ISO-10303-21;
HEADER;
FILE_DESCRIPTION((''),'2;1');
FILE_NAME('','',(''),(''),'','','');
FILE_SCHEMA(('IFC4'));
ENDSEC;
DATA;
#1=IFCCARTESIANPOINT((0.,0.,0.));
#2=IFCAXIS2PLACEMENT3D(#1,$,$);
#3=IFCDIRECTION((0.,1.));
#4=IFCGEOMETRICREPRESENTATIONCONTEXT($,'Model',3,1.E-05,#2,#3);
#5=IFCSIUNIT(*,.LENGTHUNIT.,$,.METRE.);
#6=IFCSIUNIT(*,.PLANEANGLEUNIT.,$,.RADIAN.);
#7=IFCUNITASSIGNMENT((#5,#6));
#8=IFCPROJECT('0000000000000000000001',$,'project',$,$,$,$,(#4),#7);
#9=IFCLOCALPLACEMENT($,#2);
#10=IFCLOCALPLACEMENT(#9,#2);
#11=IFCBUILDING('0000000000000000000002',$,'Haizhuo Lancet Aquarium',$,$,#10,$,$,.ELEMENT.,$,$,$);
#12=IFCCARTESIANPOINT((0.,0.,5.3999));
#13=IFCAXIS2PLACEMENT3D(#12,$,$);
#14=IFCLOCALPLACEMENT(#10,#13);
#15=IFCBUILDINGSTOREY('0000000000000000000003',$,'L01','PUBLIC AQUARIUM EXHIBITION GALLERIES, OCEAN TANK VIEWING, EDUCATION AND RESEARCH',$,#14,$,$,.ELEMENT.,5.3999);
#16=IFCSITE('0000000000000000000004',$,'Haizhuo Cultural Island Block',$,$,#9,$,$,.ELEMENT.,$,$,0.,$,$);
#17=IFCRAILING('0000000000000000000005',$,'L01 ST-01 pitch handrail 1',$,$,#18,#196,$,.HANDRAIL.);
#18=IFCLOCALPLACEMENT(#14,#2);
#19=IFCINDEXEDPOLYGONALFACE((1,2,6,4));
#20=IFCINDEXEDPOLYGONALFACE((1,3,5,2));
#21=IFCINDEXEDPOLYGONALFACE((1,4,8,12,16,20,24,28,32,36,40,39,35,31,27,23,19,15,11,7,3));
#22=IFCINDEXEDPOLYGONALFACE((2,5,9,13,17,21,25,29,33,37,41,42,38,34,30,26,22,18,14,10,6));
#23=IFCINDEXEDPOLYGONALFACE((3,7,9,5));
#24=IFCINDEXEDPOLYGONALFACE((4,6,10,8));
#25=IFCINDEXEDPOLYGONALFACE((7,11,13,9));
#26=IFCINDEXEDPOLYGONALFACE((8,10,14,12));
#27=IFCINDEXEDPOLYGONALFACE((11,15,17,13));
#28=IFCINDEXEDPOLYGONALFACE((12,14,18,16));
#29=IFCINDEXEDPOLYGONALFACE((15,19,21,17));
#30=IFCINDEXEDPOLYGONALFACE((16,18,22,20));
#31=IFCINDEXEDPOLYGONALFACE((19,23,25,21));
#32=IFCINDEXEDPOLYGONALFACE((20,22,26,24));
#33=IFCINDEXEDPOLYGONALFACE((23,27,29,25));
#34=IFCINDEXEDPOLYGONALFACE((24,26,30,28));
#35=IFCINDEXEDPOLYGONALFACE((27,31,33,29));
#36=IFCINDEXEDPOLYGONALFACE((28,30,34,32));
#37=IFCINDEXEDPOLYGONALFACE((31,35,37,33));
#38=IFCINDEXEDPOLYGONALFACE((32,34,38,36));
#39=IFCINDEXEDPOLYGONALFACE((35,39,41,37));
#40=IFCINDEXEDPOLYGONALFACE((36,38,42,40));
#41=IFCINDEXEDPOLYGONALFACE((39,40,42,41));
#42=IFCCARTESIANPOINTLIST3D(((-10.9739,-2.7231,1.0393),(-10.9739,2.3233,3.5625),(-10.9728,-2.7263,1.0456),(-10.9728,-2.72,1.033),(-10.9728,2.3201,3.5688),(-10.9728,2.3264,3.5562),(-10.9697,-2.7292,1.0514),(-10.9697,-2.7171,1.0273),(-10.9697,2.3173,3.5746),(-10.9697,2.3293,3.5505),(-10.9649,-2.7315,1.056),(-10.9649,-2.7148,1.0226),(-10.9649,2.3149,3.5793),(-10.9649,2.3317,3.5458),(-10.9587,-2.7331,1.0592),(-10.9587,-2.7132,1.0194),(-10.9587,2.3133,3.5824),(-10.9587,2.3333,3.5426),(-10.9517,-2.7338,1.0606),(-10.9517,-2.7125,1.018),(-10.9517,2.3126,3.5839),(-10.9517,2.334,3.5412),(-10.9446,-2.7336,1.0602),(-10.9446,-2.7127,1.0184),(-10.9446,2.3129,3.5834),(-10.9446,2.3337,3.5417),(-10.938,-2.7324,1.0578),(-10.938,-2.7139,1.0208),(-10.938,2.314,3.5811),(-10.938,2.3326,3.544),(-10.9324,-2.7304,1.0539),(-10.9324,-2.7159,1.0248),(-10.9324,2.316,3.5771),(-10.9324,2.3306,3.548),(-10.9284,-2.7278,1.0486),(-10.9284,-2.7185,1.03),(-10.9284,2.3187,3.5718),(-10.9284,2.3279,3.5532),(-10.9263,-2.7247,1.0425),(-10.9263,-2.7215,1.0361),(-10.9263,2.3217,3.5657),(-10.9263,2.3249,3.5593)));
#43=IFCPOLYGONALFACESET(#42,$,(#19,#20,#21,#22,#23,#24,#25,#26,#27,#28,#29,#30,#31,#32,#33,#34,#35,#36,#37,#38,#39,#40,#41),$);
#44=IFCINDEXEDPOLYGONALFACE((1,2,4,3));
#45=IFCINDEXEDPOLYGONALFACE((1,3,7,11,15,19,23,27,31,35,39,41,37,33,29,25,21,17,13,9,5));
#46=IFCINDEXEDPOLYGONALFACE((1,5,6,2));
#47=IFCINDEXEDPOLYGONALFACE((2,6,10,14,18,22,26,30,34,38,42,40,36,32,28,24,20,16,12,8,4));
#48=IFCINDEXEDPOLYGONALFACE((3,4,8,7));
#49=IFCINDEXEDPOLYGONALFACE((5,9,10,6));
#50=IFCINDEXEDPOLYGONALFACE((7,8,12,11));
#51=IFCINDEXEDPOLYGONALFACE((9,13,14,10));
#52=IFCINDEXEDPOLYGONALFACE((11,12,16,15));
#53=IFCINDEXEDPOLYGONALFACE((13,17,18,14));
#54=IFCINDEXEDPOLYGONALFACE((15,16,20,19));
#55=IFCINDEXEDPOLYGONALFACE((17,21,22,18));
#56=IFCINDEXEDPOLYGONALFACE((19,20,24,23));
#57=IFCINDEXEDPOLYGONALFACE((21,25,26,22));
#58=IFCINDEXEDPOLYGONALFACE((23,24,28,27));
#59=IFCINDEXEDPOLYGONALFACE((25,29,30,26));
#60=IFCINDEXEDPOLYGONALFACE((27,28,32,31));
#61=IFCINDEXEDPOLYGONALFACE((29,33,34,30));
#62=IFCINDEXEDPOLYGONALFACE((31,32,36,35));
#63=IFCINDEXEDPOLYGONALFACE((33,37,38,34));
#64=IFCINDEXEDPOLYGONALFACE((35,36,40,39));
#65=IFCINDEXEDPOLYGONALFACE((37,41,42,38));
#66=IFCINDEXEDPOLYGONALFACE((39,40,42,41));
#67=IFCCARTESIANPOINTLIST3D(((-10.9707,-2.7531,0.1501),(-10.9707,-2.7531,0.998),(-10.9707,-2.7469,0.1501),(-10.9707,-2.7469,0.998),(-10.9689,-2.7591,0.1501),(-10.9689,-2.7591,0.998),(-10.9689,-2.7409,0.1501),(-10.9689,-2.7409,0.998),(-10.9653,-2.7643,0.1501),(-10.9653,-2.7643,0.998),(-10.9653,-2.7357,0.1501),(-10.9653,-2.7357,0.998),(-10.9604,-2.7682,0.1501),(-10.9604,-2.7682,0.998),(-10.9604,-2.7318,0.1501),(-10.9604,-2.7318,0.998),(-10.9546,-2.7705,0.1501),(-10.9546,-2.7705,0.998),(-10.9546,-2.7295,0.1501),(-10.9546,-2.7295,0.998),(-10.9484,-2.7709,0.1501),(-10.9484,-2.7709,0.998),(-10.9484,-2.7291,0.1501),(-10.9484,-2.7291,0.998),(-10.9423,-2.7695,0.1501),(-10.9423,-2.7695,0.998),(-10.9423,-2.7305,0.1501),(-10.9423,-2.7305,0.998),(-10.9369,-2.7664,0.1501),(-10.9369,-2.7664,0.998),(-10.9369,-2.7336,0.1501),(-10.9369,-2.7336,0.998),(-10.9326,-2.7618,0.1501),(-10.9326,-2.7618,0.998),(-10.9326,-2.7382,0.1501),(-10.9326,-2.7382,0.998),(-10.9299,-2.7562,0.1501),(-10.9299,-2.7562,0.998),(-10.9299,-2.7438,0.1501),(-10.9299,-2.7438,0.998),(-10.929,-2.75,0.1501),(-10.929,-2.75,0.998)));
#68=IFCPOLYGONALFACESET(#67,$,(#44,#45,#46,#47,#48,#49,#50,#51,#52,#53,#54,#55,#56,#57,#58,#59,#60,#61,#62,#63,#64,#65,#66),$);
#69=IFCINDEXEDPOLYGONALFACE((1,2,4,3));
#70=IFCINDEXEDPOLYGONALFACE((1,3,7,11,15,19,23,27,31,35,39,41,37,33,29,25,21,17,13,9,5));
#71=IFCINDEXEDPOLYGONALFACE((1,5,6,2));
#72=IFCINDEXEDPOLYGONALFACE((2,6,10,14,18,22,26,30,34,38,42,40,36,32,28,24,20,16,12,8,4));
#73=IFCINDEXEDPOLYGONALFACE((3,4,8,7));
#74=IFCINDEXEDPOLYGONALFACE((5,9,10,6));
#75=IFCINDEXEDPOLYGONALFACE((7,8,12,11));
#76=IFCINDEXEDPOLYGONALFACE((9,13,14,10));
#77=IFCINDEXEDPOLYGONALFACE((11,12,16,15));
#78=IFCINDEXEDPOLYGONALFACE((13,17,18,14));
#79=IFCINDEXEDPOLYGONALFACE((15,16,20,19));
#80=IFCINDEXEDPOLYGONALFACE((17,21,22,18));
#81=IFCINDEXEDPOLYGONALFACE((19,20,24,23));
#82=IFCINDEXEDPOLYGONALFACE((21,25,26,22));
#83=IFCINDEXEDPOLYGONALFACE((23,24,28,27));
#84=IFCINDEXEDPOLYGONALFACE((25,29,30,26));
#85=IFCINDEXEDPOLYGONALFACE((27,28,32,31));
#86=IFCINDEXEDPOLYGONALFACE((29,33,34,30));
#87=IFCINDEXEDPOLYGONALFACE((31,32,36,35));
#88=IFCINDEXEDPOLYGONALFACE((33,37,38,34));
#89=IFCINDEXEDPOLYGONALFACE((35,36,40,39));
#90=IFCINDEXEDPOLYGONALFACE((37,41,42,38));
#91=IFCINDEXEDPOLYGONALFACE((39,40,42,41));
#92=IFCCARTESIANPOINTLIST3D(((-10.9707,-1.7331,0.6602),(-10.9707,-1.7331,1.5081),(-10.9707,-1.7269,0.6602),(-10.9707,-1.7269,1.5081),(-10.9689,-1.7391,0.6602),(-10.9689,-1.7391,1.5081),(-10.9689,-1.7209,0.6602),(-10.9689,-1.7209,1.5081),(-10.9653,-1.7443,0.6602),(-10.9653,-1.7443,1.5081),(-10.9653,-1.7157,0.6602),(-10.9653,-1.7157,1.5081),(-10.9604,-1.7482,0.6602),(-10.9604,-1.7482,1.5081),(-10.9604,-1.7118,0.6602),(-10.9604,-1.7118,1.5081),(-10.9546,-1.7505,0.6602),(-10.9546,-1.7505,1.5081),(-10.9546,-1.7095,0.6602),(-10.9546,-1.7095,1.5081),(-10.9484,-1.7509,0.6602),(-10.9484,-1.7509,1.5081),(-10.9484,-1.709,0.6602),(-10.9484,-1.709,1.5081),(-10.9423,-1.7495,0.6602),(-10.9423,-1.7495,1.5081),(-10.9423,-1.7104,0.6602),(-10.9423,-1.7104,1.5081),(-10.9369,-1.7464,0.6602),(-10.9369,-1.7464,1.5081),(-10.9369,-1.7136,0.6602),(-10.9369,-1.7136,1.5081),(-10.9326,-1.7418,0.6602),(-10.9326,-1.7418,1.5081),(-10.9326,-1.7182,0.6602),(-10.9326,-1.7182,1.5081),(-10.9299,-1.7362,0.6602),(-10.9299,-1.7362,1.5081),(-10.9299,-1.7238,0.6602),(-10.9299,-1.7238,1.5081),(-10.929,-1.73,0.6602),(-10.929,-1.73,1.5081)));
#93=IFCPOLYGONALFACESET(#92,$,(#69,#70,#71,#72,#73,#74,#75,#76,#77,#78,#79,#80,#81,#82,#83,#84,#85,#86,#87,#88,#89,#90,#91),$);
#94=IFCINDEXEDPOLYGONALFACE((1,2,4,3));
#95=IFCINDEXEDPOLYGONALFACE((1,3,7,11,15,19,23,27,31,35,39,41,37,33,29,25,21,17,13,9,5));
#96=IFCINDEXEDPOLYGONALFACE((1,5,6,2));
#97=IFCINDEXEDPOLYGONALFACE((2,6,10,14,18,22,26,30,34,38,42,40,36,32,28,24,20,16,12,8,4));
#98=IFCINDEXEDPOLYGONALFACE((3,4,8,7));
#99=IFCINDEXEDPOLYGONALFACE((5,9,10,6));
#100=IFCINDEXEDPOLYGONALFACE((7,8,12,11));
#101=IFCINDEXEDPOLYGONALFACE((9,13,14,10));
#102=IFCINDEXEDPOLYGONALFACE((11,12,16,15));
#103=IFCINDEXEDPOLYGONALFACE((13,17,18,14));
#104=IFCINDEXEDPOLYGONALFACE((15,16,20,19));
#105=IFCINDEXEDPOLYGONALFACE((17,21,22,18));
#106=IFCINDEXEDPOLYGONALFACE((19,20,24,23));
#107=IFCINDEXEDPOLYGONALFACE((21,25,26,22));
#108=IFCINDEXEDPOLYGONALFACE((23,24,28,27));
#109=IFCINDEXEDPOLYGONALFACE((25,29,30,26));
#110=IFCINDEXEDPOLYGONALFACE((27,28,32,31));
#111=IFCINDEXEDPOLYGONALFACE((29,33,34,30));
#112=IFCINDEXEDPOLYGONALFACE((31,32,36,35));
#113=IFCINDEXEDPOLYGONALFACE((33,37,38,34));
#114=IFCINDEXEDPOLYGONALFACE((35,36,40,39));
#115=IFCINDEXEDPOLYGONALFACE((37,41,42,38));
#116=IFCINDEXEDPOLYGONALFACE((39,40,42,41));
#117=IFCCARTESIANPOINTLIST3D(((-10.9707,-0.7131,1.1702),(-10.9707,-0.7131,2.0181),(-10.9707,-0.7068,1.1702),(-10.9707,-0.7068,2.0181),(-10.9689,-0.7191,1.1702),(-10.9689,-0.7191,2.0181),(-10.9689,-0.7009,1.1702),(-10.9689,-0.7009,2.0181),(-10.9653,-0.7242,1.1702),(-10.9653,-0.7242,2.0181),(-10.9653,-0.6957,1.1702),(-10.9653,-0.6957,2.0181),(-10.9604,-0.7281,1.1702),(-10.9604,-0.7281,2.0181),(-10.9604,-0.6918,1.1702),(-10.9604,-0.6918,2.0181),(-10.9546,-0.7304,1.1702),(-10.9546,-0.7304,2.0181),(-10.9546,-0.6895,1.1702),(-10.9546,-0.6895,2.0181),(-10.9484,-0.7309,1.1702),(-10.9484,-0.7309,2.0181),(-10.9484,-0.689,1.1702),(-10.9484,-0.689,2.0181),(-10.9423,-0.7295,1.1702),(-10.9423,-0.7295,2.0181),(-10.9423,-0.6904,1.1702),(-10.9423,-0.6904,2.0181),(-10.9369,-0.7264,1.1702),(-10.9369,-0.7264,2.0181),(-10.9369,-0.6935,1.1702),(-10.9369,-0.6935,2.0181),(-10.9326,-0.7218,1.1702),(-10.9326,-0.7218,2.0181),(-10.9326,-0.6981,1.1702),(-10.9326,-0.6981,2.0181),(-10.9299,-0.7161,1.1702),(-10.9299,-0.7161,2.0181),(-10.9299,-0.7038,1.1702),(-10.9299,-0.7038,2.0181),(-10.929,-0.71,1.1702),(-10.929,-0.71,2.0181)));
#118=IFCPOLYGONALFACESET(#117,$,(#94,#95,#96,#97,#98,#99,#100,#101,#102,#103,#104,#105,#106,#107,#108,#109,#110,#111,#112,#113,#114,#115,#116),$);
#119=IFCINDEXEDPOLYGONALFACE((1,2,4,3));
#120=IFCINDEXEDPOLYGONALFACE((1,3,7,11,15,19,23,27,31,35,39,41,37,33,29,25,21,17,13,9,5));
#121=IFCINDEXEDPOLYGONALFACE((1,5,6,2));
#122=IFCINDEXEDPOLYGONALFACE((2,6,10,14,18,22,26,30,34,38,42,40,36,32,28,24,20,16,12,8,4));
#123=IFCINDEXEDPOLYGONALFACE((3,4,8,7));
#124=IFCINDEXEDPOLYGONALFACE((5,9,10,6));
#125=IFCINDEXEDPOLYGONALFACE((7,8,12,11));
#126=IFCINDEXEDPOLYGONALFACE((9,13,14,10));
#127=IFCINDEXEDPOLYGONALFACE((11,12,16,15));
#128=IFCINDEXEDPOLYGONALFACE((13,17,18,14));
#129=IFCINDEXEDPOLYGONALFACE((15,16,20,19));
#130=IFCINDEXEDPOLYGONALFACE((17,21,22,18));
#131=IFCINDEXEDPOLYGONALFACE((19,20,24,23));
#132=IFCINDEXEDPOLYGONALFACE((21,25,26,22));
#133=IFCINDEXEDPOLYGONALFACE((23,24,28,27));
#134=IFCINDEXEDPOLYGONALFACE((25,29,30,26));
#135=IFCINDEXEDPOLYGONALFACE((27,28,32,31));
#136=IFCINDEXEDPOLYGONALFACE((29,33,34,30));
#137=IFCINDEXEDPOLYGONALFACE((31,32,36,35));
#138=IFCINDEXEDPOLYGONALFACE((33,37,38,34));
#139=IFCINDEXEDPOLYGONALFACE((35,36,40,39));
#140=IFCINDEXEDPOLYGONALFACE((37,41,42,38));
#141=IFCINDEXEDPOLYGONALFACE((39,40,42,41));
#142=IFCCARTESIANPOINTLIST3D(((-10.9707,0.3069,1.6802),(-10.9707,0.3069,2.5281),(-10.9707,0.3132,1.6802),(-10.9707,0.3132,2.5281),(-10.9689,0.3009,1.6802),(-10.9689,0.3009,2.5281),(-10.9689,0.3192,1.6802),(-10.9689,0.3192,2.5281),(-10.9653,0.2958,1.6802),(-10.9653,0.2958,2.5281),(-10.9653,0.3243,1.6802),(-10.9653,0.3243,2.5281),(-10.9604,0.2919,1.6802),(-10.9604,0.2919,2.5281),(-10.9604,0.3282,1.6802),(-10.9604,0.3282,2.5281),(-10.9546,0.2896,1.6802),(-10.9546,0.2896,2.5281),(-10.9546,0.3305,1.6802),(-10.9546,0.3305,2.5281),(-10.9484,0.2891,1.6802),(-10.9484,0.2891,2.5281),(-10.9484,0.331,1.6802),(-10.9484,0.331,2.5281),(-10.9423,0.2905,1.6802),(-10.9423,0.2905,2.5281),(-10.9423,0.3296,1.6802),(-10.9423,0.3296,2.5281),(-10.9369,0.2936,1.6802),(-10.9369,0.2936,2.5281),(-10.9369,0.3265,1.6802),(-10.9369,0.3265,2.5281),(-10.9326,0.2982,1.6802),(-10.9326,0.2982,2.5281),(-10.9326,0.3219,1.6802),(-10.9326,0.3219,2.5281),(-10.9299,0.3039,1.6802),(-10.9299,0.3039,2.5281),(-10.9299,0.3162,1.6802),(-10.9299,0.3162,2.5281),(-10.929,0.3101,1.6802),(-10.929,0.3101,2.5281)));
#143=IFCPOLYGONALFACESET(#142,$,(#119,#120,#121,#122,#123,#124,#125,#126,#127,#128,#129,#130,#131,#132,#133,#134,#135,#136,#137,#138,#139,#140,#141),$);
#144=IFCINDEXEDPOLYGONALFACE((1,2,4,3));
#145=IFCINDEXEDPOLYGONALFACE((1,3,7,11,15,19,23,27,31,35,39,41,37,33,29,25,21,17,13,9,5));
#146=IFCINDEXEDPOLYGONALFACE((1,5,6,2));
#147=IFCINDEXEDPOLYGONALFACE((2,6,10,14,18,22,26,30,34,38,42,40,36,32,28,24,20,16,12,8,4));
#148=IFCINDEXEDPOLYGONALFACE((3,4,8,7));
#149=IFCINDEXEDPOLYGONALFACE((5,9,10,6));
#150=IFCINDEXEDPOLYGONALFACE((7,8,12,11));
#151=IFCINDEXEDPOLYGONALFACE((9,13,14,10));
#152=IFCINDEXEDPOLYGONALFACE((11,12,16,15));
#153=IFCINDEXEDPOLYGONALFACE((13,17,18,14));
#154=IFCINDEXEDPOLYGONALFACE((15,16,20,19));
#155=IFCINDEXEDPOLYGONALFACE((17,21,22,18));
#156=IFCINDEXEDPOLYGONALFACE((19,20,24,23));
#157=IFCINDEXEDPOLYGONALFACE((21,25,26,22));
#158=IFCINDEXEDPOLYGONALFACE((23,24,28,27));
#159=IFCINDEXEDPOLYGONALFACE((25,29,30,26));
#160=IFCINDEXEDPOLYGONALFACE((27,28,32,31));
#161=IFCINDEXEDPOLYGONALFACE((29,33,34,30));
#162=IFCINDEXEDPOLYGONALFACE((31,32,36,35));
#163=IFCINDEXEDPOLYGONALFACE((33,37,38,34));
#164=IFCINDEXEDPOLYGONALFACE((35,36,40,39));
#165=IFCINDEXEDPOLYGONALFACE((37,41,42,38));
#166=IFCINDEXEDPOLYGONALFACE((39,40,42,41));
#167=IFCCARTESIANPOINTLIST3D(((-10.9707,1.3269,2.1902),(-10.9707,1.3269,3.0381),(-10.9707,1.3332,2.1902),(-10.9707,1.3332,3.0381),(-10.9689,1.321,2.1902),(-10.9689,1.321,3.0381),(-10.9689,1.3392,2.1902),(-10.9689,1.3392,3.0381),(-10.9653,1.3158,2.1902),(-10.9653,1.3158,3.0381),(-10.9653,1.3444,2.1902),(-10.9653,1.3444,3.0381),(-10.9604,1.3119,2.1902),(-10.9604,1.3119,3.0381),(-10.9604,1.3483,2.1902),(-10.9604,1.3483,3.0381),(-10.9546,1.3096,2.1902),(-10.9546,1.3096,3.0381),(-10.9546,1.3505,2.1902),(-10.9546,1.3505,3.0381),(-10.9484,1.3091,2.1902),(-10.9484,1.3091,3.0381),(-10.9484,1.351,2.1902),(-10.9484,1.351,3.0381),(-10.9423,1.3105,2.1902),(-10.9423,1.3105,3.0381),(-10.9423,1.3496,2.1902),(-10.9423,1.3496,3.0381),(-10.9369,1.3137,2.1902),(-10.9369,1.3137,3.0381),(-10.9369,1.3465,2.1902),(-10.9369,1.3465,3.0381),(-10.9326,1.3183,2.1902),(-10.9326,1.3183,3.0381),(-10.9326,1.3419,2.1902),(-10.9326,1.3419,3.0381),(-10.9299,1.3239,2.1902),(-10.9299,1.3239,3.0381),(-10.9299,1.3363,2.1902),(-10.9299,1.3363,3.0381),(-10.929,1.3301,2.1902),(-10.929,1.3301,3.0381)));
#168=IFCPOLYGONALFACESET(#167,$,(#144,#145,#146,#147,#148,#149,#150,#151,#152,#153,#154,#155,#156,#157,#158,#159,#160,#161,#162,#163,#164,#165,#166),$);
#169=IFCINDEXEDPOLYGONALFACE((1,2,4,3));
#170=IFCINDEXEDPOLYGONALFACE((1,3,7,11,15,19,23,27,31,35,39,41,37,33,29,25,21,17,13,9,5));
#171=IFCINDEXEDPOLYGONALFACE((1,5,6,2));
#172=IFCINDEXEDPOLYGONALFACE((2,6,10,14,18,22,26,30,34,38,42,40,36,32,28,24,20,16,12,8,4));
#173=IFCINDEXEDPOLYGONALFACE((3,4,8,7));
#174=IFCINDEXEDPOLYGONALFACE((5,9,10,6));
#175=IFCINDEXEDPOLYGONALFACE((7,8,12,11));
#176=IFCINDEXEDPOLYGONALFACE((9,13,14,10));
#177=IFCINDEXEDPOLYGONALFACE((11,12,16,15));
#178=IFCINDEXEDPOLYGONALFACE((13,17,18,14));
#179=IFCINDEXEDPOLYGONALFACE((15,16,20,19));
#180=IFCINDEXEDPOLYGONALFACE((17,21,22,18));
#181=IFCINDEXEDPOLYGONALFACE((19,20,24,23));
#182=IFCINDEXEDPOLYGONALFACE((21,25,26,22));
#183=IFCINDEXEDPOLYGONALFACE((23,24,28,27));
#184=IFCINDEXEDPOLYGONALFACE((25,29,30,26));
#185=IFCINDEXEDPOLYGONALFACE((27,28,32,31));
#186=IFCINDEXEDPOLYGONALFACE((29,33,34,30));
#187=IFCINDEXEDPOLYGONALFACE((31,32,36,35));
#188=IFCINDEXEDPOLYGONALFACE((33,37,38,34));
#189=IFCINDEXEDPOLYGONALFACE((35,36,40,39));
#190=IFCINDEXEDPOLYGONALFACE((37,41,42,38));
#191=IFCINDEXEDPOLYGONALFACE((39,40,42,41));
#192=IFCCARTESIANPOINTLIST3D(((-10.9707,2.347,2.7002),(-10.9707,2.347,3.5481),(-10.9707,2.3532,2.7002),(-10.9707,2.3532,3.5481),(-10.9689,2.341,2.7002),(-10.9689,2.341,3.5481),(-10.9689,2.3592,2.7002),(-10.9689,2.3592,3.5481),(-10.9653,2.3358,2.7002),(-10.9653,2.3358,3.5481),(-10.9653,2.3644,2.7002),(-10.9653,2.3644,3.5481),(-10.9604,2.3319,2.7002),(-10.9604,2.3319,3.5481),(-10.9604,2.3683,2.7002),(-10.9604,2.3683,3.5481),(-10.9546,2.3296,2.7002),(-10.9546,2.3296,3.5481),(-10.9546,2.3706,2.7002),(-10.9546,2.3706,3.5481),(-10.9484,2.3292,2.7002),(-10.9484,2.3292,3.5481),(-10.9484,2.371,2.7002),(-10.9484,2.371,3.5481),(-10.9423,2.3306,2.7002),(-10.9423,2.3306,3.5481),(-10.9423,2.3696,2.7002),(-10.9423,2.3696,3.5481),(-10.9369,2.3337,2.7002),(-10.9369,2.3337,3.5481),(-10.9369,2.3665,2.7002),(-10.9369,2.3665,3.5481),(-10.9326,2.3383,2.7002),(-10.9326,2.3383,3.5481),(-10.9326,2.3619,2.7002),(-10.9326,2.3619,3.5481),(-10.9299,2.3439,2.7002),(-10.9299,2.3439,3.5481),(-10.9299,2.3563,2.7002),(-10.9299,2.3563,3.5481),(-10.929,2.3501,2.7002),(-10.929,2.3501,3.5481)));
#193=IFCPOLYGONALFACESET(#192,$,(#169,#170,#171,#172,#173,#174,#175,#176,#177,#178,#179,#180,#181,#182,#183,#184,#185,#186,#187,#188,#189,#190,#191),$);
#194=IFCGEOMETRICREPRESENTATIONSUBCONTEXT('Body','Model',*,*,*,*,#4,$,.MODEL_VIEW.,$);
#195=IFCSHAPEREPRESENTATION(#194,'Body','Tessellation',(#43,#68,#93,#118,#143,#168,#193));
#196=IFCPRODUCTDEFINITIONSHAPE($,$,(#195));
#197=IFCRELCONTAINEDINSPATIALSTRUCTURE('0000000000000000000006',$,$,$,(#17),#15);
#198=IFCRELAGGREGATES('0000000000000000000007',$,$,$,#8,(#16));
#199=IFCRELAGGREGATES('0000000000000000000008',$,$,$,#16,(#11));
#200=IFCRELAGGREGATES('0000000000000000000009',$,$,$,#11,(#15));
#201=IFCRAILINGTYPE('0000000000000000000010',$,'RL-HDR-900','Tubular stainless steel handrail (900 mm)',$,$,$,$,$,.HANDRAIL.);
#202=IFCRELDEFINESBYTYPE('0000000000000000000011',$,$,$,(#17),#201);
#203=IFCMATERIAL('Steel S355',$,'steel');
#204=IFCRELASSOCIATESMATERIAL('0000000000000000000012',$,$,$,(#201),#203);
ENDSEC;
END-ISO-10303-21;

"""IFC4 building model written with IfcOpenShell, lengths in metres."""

from ifc_helpers import new_model, si_unit, direction, frame, origin, origin_2d, place, context, subcontext, project, spatial, circle, extrude, material, type_object, element, save


model = new_model("IFC4")

# Units and contexts
model_context = context("Model", 3, precision=1e-05, world=origin(), true_north=direction((0.0, 1.0)))
body_context = subcontext(model_context, "Body", "Model", "MODEL_VIEW")
ifc_project = project(units=[si_unit("LENGTHUNIT", "METRE"), si_unit("PLANEANGLEUNIT", "RADIAN")], contexts=[model_context])

# Site, building, storey
site_placement = place(None, origin())
site = spatial("IfcSite", under=ifc_project, at=site_placement, Name="Haizhuo Cultural Island Block", CompositionType="ELEMENT", RefElevation=0.0)
building_placement = place(site_placement, origin())
building = spatial("IfcBuilding", under=site, at=building_placement, Name="Haizhuo Lancet Aquarium", CompositionType="ELEMENT")
storey_placement = place(building_placement, frame((0.0, 0.0, 5.3999)))
storey = spatial("IfcBuildingStorey", under=building, at=storey_placement, Name="L01", Description="PUBLIC AQUARIUM EXHIBITION GALLERIES, OCEAN TANK VIEWING, EDUCATION AND RESEARCH", CompositionType="ELEMENT", Elevation=5.3999)

# Shared definitions
ifc_material_1 = material(Name="Steel S355", Category="steel")

# Railing
railing_type_1 = type_object("IfcRailingType", Name="RL-HDR-900", Description="Tubular stainless steel handrail (900 mm)", PredefinedType="HANDRAIL", material=ifc_material_1)
railing_1_placement = place(storey_placement, frame((-10.95, -2.75, 0.1501)))
element("IfcRailing", 1, at=railing_1_placement, inside=storey, type_object=railing_type_1, Name="L01 ST-01 pitch handrail 1", PredefinedType="HANDRAIL", context=body_context, shape_type="SweptSolid", body=[
    extrude(circle(Radius=0.0239, at=origin_2d()), frame((0.0, 0.0269, 0.8892), z_axis=(0.0, 0.894427, 0.447214), x_axis=(-1.0, 0.0, 0.0)), (0.0, 0.0, 1.0), 5.6421),
    extrude(circle(Radius=0.021, at=origin_2d()), origin(), (0.0, 0.0, 1.0), 0.8479),
    extrude(circle(Radius=0.021, at=origin_2d()), frame((0.0, 1.02, 0.51)), (0.0, 0.0, 1.0), 0.8479),
    extrude(circle(Radius=0.021, at=origin_2d()), frame((0.0, 2.04, 1.02)), (0.0, 0.0, 1.0), 0.8479),
    extrude(circle(Radius=0.021, at=origin_2d()), frame((0.0, 3.0601, 1.53)), (0.0, 0.0, 1.0), 0.8479),
    extrude(circle(Radius=0.021, at=origin_2d()), frame((0.0, 4.0801, 2.04)), (0.0, 0.0, 1.0), 0.8479),
    extrude(circle(Radius=0.021, at=origin_2d()), frame((0.0, 5.1001, 2.55)), (0.0, 0.0, 1.0), 0.8479),
])

save(model, "model.ifc")
